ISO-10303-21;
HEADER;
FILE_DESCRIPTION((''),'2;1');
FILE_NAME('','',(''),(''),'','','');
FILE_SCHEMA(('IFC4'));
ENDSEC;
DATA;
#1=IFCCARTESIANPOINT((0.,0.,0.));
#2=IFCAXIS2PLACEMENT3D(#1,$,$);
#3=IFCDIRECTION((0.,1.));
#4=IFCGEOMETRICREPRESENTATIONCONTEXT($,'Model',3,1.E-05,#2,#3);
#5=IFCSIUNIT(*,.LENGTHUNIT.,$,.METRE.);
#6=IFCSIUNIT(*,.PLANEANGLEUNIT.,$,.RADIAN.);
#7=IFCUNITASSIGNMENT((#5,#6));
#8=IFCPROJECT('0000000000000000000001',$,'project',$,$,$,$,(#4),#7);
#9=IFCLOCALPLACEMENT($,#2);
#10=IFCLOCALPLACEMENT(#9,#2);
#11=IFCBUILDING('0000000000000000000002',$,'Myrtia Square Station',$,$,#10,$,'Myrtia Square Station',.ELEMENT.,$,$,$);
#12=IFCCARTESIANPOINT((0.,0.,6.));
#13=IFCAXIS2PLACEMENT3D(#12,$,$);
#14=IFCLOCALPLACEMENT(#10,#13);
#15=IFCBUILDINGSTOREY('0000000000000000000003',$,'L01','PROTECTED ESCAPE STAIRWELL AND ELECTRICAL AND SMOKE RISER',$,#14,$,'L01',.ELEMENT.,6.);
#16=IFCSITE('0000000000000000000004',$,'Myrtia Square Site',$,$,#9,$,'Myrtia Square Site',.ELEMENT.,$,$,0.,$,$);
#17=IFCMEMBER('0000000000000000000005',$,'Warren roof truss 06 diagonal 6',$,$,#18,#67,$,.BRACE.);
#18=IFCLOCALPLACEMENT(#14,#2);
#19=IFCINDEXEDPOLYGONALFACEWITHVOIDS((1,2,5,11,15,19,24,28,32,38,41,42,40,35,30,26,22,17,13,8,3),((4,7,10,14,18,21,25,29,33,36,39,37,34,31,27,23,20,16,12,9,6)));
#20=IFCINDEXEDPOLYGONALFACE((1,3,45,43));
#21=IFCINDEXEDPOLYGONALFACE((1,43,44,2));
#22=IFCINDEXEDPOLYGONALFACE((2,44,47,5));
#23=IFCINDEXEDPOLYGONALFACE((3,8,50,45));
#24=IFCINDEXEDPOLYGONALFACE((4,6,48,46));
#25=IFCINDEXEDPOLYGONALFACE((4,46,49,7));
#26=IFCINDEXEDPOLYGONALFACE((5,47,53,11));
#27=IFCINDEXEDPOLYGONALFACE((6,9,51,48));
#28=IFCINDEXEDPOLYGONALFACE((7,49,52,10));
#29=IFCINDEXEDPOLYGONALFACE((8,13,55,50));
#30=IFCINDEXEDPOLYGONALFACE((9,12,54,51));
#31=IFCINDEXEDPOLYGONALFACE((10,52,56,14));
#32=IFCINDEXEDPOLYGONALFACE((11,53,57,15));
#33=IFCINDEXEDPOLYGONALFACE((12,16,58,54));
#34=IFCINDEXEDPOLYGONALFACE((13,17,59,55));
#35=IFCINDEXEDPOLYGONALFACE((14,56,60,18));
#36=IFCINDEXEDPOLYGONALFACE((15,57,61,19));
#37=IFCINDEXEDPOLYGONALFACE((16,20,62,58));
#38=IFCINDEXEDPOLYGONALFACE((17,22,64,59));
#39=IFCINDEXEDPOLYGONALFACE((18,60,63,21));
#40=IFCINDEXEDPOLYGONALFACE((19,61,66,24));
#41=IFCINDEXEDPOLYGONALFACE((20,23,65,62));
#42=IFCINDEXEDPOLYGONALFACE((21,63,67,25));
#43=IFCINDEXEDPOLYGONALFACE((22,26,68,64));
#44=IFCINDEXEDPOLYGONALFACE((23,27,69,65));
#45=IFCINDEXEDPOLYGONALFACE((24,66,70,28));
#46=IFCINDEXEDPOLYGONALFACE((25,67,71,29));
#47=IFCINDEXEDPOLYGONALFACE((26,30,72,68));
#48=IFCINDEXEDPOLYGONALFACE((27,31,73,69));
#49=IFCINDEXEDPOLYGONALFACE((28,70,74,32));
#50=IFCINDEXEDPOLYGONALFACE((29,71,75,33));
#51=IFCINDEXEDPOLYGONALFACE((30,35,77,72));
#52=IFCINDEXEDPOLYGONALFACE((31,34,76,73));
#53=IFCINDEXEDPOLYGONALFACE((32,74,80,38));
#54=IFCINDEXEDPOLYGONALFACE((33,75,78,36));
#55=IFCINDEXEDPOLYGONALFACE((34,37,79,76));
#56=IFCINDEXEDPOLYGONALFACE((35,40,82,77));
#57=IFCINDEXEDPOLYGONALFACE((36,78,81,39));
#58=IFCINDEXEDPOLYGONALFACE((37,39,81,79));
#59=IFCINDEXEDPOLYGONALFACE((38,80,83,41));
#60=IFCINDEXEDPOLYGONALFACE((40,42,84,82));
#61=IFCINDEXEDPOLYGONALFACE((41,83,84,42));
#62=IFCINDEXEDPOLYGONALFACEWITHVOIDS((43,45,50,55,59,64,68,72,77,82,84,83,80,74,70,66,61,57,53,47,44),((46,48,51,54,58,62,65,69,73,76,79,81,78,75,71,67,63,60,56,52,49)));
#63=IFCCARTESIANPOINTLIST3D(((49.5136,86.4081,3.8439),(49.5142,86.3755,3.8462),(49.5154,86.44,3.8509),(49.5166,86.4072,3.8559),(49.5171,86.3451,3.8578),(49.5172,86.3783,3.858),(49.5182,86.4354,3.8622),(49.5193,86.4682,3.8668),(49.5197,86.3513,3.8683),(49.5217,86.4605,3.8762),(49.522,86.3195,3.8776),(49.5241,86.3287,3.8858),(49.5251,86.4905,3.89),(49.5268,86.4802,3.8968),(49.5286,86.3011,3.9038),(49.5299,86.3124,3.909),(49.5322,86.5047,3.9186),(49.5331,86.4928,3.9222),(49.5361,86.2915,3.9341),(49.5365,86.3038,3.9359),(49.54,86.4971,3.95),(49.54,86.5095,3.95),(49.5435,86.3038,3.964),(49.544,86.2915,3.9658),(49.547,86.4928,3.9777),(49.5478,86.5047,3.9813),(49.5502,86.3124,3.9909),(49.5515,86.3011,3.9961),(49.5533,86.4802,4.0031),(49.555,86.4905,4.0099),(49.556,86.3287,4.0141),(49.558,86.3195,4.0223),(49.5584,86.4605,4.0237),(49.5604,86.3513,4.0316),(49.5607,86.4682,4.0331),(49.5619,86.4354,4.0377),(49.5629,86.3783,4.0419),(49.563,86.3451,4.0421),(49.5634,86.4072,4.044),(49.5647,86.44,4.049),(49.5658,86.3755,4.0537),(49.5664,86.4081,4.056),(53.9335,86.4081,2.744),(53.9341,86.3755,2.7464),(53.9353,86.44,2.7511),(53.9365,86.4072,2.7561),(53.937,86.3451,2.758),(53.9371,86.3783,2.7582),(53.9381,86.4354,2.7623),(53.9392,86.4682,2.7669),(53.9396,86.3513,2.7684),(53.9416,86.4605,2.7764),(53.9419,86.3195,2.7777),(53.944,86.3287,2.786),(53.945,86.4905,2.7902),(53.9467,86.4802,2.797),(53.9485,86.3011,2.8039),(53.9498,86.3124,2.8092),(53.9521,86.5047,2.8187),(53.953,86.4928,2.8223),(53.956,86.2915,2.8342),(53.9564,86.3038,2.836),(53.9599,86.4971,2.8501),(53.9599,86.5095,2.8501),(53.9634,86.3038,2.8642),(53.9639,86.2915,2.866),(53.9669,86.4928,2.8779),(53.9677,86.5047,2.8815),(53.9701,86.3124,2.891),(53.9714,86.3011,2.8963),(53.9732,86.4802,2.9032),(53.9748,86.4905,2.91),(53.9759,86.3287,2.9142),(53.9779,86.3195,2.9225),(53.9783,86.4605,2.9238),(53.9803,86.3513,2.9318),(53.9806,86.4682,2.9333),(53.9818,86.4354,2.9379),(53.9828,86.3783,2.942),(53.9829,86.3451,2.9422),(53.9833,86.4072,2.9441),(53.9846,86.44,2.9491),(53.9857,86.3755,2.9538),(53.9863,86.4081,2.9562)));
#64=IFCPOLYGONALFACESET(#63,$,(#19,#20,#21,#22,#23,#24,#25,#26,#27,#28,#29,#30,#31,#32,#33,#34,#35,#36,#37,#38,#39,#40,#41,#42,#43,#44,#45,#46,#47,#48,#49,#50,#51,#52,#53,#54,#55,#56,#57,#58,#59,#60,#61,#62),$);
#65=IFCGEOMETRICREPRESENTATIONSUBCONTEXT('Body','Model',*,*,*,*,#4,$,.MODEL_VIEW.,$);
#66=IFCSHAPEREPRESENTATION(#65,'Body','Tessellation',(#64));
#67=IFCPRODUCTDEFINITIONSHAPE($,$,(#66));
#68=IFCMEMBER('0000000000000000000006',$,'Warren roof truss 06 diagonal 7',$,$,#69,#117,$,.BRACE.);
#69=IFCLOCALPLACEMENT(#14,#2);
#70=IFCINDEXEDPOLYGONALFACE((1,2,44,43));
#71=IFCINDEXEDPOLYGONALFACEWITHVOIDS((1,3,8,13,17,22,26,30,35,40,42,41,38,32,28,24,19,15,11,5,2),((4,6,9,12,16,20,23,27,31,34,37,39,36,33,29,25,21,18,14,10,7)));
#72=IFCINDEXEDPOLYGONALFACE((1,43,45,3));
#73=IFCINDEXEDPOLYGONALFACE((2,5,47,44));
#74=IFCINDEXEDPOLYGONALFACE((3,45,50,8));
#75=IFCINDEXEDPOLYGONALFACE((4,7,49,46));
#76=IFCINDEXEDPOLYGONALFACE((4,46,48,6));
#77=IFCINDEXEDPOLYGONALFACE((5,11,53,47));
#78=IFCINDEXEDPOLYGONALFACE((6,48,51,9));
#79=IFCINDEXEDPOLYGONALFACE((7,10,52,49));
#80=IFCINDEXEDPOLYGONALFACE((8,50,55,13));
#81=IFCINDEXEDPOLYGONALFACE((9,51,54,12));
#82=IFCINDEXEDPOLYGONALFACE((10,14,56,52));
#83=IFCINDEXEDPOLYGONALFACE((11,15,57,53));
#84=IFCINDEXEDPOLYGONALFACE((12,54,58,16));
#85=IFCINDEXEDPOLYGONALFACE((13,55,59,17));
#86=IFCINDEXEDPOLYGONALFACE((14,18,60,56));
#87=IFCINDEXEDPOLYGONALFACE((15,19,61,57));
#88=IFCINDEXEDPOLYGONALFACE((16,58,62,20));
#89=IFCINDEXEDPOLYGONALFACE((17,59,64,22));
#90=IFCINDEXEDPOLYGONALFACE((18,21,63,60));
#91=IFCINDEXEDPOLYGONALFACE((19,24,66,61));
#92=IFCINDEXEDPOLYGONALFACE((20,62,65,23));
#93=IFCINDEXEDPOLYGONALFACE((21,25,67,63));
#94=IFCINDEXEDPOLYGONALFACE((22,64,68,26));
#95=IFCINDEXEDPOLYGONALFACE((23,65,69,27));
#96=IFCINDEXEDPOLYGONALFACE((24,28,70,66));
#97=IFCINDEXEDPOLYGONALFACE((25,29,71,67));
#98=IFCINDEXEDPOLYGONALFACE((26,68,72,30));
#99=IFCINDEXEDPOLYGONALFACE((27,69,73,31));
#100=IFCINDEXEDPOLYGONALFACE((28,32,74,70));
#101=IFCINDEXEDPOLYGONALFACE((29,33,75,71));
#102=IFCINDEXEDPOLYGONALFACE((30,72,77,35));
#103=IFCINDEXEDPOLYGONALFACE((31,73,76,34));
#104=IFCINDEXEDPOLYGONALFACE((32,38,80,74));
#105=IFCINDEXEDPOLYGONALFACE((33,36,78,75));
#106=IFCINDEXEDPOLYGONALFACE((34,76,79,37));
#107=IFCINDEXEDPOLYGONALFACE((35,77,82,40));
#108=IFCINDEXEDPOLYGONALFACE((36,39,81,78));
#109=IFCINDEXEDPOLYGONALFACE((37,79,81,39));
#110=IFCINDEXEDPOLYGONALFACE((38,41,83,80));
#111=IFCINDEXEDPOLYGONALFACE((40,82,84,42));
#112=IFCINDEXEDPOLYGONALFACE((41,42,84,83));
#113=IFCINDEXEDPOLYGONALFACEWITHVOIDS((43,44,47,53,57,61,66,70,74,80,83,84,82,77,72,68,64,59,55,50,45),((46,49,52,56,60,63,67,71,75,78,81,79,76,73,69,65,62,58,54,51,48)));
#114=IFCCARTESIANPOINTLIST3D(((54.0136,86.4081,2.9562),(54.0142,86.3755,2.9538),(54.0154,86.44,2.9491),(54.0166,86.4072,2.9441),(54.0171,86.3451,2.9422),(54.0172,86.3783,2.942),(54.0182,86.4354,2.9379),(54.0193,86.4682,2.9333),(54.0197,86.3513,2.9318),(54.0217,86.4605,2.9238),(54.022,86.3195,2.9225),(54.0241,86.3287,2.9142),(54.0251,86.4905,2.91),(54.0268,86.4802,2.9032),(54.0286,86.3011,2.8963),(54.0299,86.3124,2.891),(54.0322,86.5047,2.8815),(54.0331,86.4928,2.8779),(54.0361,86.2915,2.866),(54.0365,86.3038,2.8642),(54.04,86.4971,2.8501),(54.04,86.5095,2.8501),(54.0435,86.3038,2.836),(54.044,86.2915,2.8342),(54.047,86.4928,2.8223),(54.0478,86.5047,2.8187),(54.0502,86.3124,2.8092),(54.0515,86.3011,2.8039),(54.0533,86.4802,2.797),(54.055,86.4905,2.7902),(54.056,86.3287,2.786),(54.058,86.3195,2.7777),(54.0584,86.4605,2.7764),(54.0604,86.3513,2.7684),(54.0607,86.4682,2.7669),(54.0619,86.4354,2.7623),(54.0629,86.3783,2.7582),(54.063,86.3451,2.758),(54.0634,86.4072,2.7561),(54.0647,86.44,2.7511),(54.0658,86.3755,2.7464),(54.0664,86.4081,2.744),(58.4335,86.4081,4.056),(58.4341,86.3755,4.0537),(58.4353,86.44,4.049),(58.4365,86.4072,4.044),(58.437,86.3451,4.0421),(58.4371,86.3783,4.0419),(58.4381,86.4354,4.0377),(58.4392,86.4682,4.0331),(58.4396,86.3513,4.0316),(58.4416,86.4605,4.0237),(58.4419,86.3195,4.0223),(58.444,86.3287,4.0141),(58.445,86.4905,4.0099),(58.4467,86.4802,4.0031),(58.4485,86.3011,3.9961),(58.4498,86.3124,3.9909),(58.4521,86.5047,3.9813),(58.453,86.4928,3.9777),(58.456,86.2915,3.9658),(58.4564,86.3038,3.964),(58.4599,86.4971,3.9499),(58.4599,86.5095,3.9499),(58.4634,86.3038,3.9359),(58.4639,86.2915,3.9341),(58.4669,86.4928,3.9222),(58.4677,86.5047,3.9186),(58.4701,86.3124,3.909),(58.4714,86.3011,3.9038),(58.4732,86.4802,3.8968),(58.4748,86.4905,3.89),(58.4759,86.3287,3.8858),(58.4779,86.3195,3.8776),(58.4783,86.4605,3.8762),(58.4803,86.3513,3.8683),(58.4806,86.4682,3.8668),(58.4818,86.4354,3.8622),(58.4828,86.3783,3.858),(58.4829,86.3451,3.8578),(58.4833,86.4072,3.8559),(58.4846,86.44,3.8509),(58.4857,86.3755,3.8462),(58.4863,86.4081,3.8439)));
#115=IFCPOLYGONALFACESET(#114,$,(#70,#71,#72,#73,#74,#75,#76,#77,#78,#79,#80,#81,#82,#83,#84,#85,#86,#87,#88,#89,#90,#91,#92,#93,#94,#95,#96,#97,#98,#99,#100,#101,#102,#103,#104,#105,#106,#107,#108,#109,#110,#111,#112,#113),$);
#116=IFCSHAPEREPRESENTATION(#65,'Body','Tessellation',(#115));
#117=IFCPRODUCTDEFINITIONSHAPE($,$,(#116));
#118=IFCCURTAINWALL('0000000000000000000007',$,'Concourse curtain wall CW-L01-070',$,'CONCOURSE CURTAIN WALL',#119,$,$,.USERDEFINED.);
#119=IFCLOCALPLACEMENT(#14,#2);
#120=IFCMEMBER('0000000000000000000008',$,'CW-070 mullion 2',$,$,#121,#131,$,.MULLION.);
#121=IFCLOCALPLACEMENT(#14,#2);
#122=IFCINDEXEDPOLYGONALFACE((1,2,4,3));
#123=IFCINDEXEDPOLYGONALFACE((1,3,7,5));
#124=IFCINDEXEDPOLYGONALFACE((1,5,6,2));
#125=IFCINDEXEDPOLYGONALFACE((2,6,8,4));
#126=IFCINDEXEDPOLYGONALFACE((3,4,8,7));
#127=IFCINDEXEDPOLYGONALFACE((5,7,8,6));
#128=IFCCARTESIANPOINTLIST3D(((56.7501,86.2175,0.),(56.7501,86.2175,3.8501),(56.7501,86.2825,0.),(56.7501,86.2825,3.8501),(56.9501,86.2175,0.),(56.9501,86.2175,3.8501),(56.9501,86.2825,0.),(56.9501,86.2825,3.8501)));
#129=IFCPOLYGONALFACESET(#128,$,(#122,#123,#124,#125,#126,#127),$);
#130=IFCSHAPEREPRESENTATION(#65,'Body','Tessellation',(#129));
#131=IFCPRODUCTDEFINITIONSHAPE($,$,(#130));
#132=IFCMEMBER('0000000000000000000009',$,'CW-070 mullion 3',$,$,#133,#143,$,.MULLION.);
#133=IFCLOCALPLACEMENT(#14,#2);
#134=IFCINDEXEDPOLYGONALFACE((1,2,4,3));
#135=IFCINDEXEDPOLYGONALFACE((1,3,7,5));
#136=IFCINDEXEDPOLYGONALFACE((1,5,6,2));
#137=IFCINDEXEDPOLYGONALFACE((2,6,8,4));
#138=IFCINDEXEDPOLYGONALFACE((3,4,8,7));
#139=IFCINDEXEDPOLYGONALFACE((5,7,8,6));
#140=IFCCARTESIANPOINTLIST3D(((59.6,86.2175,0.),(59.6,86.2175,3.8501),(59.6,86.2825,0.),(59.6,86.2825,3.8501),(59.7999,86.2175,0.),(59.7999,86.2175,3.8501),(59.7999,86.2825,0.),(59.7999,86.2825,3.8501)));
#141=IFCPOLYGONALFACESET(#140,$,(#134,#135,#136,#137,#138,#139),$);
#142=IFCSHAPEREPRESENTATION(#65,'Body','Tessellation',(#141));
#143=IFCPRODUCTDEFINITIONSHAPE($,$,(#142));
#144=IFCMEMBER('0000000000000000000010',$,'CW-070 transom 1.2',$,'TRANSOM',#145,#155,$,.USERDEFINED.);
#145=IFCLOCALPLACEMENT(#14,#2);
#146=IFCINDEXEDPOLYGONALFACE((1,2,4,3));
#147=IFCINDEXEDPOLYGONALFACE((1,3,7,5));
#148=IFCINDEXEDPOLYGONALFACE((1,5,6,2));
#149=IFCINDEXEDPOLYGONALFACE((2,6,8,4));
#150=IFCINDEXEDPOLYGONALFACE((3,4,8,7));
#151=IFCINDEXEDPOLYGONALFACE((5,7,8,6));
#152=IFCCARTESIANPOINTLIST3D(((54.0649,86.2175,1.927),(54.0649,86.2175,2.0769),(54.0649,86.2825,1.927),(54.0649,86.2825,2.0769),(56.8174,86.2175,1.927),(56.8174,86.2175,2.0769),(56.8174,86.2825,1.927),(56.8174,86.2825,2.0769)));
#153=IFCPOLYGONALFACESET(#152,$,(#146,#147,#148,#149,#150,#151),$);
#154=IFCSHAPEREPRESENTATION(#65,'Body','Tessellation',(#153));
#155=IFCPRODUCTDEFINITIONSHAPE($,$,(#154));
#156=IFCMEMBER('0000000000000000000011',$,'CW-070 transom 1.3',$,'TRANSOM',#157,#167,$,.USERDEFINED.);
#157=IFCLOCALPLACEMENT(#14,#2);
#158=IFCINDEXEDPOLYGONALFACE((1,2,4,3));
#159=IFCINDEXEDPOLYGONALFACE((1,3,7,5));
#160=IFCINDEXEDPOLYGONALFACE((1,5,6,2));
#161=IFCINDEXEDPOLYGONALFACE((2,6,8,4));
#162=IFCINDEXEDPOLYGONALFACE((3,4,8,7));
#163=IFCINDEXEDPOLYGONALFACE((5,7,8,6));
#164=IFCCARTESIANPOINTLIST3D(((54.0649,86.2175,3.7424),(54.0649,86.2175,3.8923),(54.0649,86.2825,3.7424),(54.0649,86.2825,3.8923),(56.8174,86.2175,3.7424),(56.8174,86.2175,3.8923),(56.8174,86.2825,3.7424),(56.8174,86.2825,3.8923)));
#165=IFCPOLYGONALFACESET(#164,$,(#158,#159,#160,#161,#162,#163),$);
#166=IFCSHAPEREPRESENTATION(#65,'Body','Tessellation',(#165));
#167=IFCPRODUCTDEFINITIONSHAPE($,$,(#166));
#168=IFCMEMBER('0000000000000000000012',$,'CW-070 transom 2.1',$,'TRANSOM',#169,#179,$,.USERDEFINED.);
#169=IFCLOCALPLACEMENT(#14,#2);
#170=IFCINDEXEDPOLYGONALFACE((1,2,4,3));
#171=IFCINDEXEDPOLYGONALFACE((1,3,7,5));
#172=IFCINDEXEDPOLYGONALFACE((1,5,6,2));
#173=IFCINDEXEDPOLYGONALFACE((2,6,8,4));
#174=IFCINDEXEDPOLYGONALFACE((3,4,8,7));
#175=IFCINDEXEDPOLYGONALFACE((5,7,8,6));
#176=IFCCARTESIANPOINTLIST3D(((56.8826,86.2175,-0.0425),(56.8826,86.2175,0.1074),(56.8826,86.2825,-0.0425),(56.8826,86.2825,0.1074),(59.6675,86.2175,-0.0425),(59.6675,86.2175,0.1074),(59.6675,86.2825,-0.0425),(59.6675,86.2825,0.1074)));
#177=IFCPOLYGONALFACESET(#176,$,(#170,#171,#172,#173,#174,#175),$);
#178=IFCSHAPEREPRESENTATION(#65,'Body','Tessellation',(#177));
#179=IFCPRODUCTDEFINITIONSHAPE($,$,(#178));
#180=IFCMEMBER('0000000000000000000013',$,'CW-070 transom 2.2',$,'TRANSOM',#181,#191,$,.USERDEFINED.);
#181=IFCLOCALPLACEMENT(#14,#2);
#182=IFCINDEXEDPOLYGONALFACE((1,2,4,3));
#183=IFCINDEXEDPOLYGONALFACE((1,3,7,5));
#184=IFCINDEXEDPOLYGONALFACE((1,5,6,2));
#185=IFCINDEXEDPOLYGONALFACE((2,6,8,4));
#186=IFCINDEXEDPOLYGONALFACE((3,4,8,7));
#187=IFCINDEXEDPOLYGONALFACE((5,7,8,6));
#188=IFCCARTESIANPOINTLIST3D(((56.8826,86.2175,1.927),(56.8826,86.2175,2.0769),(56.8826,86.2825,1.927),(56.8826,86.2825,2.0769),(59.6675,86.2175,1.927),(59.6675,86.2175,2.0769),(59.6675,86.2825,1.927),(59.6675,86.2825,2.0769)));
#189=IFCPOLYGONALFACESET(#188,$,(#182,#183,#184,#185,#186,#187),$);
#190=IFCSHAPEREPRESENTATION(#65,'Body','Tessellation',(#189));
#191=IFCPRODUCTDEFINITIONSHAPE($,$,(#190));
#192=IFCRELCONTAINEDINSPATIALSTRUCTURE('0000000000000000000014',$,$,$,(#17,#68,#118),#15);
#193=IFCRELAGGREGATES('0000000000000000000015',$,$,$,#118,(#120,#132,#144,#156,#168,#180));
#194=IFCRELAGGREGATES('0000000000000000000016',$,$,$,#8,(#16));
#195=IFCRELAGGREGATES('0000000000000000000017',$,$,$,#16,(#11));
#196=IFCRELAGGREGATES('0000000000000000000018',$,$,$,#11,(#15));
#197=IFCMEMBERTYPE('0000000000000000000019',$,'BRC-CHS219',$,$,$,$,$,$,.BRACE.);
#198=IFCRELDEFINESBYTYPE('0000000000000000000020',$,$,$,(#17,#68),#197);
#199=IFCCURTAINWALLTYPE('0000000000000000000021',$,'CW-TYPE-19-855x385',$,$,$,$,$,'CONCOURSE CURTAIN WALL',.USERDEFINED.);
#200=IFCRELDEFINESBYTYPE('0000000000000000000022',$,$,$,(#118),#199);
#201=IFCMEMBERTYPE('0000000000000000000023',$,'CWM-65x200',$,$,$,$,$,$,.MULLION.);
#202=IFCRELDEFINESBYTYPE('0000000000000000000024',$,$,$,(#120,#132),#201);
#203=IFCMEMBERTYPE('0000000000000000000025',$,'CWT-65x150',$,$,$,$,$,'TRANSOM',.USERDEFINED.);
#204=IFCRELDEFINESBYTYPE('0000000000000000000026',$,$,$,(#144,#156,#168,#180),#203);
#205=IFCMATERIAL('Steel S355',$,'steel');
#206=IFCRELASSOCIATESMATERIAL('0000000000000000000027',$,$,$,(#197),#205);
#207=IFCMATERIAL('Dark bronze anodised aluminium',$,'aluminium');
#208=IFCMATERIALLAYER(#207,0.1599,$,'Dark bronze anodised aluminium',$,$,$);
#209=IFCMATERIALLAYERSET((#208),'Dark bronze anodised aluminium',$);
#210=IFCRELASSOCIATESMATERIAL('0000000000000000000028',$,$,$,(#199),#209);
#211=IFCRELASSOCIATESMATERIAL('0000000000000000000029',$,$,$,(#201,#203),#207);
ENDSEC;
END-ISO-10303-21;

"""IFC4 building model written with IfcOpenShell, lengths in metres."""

from ifc_helpers import new_model, si_unit, direction, frame, origin, origin_2d, place, context, subcontext, project, spatial, rectangle, hollow_circle, extrude, material, layer, layer_set, material_profile, profile_set, type_object, element, aggregate, save


model = new_model("IFC4")

# Units and contexts
model_context = context("Model", 3, precision=1e-05, world=origin(), true_north=direction((0.0, 1.0)))
body_context = subcontext(model_context, "Body", "Model", "MODEL_VIEW")
ifc_project = project(units=[si_unit("LENGTHUNIT", "METRE"), si_unit("PLANEANGLEUNIT", "RADIAN")], contexts=[model_context])

# Site, building, storey
site_placement = place(None, origin())
site = spatial("IfcSite", under=ifc_project, at=site_placement, Name="Myrtia Square Site", LongName="Myrtia Square Site", CompositionType="ELEMENT", RefElevation=0.0)
building_placement = place(site_placement, origin())
building = spatial("IfcBuilding", under=site, at=building_placement, Name="Myrtia Square Station", LongName="Myrtia Square Station", CompositionType="ELEMENT")
storey_placement = place(building_placement, frame((0.0, 0.0, 6.0)))
storey = spatial("IfcBuildingStorey", under=building, at=storey_placement, Name="L01", Description="PROTECTED ESCAPE STAIRWELL AND ELECTRICAL AND SMOKE RISER", LongName="L01", CompositionType="ELEMENT", Elevation=6.0)

# Members
ifc_material_1 = material(Name="Steel S355", Category="steel")
ifc_material_profile_1 = material_profile(ifc_material_1, hollow_circle(Radius=0.1096, WallThickness=0.0125, at=origin_2d()), Name="CHS 219.1x12.5")
ifc_profile_set_1 = profile_set([ifc_material_profile_1], Name="Steel S355")
member_type_1 = type_object("IfcMemberType", Name="BRC-CHS219", PredefinedType="BRACE", material=ifc_profile_set_1)
for number, where, z_axis, x_axis, name in (
    (1, (49.54, 86.3999, 3.95), (0.970407, 0.0, -0.241476), (0.0, 1.0, 0.0), "Warren roof truss 06 diagonal 6"),
    (2, (54.04, 86.3999, 2.8501), (0.970407, 0.0, 0.241476), (0.0, 1.0, 0.0), "Warren roof truss 06 diagonal 7"),
):
    element("IfcMember", number, at=place(storey_placement, frame(where, z_axis=z_axis, x_axis=x_axis)), inside=storey, type_object=member_type_1, Name=name, PredefinedType="BRACE", context=body_context, shape_type="SweptSolid", body=[
        extrude(hollow_circle(Radius=0.1096, WallThickness=0.0125, at=origin_2d()), origin(), (0.0, 0.0, 1.0), 4.5547),
    ])

# Curtain wall, members
ifc_material_2 = material(Name="Dark bronze anodised aluminium", Category="aluminium")
ifc_layer_1 = layer(ifc_material_2, 0.1599, Name="Dark bronze anodised aluminium")
ifc_layer_set_1 = layer_set([ifc_layer_1], Name="Dark bronze anodised aluminium")
curtain_wall_type = type_object("IfcCurtainWallType", Name="CW-TYPE-19-855x385", ElementType="CONCOURSE CURTAIN WALL", PredefinedType="USERDEFINED", material=ifc_layer_set_1)
curtain_wall_placement = place(storey_placement, origin())
curtain_wall = element("IfcCurtainWall", 3, at=curtain_wall_placement, inside=storey, type_object=curtain_wall_type, Name="Concourse curtain wall CW-L01-070", ObjectType="CONCOURSE CURTAIN WALL", PredefinedType="USERDEFINED")
ifc_material_profile_2 = material_profile(ifc_material_2, rectangle(XDim=0.0649, YDim=0.2, at=origin_2d()), Name="ALU-M 65x200")
ifc_profile_set_2 = profile_set([ifc_material_profile_2], Name="Dark bronze anodised aluminium")
member_type_2 = type_object("IfcMemberType", Name="CWM-65x200", PredefinedType="MULLION", material=ifc_profile_set_2)
member_1_placement = place(storey_placement, frame((56.8501, 86.25, 0.0), z_axis=(0.0, 0.0, 1.0), x_axis=(0.0, 1.0, 0.0)))
member_1 = element("IfcMember", 4, at=member_1_placement, type_object=member_type_2, Name="CW-070 mullion 2", PredefinedType="MULLION", context=body_context, shape_type="SweptSolid", body=[
    extrude(rectangle(XDim=0.0649, YDim=0.2, at=origin_2d()), origin(), (0.0, 0.0, 1.0), 3.8501),
])
member_2_placement = place(storey_placement, frame((59.7, 86.25, 0.0), z_axis=(0.0, 0.0, 1.0), x_axis=(0.0, 1.0, 0.0)))
member_2 = element("IfcMember", 5, at=member_2_placement, type_object=member_type_2, Name="CW-070 mullion 3", PredefinedType="MULLION", context=body_context, shape_type="SweptSolid", body=[
    extrude(rectangle(XDim=0.0649, YDim=0.2, at=origin_2d()), origin(), (0.0, 0.0, 1.0), 3.8501),
])
ifc_material_profile_3 = material_profile(ifc_material_2, rectangle(XDim=0.0649, YDim=0.1499, at=origin_2d()), Name="ALU-T 65x150")
ifc_profile_set_3 = profile_set([ifc_material_profile_3], Name="Dark bronze anodised aluminium")
member_type_3 = type_object("IfcMemberType", Name="CWT-65x150", ElementType="TRANSOM", PredefinedType="USERDEFINED", material=ifc_profile_set_3)
member_3_placement = place(storey_placement, frame((54.0649, 86.25, 2.002), z_axis=(1.0, 0.0, 0.0), x_axis=(0.0, 1.0, 0.0)))
member_3 = element("IfcMember", 6, at=member_3_placement, type_object=member_type_3, Name="CW-070 transom 1.2", ObjectType="TRANSOM", PredefinedType="USERDEFINED", context=body_context, shape_type="SweptSolid", body=[
    extrude(rectangle(XDim=0.0649, YDim=0.1499, at=origin_2d()), origin(), (0.0, 0.0, 1.0), 2.7524),
])
member_4_placement = place(storey_placement, frame((54.0649, 86.25, 3.8174), z_axis=(1.0, 0.0, 0.0), x_axis=(0.0, 1.0, 0.0)))
member_4 = element("IfcMember", 7, at=member_4_placement, type_object=member_type_3, Name="CW-070 transom 1.3", ObjectType="TRANSOM", PredefinedType="USERDEFINED", context=body_context, shape_type="SweptSolid", body=[
    extrude(rectangle(XDim=0.0649, YDim=0.1499, at=origin_2d()), origin(), (0.0, 0.0, 1.0), 2.7524),
])
member_5_placement = place(storey_placement, frame((56.8826, 86.25, 0.0325), z_axis=(1.0, 0.0, 0.0), x_axis=(0.0, 1.0, 0.0)))
member_5 = element("IfcMember", 8, at=member_5_placement, type_object=member_type_3, Name="CW-070 transom 2.1", ObjectType="TRANSOM", PredefinedType="USERDEFINED", context=body_context, shape_type="SweptSolid", body=[
    extrude(rectangle(XDim=0.0649, YDim=0.1499, at=origin_2d()), origin(), (0.0, 0.0, 1.0), 2.7849),
])
member_6_placement = place(storey_placement, frame((56.8826, 86.25, 2.002), z_axis=(1.0, 0.0, 0.0), x_axis=(0.0, 1.0, 0.0)))
member_6 = element("IfcMember", 9, at=member_6_placement, type_object=member_type_3, Name="CW-070 transom 2.2", ObjectType="TRANSOM", PredefinedType="USERDEFINED", context=body_context, shape_type="SweptSolid", body=[
    extrude(rectangle(XDim=0.0649, YDim=0.1499, at=origin_2d()), origin(), (0.0, 0.0, 1.0), 2.7849),
])
aggregate(curtain_wall, [member_1, member_2, member_3, member_4, member_5, member_6])

save(model, "model.ifc")
